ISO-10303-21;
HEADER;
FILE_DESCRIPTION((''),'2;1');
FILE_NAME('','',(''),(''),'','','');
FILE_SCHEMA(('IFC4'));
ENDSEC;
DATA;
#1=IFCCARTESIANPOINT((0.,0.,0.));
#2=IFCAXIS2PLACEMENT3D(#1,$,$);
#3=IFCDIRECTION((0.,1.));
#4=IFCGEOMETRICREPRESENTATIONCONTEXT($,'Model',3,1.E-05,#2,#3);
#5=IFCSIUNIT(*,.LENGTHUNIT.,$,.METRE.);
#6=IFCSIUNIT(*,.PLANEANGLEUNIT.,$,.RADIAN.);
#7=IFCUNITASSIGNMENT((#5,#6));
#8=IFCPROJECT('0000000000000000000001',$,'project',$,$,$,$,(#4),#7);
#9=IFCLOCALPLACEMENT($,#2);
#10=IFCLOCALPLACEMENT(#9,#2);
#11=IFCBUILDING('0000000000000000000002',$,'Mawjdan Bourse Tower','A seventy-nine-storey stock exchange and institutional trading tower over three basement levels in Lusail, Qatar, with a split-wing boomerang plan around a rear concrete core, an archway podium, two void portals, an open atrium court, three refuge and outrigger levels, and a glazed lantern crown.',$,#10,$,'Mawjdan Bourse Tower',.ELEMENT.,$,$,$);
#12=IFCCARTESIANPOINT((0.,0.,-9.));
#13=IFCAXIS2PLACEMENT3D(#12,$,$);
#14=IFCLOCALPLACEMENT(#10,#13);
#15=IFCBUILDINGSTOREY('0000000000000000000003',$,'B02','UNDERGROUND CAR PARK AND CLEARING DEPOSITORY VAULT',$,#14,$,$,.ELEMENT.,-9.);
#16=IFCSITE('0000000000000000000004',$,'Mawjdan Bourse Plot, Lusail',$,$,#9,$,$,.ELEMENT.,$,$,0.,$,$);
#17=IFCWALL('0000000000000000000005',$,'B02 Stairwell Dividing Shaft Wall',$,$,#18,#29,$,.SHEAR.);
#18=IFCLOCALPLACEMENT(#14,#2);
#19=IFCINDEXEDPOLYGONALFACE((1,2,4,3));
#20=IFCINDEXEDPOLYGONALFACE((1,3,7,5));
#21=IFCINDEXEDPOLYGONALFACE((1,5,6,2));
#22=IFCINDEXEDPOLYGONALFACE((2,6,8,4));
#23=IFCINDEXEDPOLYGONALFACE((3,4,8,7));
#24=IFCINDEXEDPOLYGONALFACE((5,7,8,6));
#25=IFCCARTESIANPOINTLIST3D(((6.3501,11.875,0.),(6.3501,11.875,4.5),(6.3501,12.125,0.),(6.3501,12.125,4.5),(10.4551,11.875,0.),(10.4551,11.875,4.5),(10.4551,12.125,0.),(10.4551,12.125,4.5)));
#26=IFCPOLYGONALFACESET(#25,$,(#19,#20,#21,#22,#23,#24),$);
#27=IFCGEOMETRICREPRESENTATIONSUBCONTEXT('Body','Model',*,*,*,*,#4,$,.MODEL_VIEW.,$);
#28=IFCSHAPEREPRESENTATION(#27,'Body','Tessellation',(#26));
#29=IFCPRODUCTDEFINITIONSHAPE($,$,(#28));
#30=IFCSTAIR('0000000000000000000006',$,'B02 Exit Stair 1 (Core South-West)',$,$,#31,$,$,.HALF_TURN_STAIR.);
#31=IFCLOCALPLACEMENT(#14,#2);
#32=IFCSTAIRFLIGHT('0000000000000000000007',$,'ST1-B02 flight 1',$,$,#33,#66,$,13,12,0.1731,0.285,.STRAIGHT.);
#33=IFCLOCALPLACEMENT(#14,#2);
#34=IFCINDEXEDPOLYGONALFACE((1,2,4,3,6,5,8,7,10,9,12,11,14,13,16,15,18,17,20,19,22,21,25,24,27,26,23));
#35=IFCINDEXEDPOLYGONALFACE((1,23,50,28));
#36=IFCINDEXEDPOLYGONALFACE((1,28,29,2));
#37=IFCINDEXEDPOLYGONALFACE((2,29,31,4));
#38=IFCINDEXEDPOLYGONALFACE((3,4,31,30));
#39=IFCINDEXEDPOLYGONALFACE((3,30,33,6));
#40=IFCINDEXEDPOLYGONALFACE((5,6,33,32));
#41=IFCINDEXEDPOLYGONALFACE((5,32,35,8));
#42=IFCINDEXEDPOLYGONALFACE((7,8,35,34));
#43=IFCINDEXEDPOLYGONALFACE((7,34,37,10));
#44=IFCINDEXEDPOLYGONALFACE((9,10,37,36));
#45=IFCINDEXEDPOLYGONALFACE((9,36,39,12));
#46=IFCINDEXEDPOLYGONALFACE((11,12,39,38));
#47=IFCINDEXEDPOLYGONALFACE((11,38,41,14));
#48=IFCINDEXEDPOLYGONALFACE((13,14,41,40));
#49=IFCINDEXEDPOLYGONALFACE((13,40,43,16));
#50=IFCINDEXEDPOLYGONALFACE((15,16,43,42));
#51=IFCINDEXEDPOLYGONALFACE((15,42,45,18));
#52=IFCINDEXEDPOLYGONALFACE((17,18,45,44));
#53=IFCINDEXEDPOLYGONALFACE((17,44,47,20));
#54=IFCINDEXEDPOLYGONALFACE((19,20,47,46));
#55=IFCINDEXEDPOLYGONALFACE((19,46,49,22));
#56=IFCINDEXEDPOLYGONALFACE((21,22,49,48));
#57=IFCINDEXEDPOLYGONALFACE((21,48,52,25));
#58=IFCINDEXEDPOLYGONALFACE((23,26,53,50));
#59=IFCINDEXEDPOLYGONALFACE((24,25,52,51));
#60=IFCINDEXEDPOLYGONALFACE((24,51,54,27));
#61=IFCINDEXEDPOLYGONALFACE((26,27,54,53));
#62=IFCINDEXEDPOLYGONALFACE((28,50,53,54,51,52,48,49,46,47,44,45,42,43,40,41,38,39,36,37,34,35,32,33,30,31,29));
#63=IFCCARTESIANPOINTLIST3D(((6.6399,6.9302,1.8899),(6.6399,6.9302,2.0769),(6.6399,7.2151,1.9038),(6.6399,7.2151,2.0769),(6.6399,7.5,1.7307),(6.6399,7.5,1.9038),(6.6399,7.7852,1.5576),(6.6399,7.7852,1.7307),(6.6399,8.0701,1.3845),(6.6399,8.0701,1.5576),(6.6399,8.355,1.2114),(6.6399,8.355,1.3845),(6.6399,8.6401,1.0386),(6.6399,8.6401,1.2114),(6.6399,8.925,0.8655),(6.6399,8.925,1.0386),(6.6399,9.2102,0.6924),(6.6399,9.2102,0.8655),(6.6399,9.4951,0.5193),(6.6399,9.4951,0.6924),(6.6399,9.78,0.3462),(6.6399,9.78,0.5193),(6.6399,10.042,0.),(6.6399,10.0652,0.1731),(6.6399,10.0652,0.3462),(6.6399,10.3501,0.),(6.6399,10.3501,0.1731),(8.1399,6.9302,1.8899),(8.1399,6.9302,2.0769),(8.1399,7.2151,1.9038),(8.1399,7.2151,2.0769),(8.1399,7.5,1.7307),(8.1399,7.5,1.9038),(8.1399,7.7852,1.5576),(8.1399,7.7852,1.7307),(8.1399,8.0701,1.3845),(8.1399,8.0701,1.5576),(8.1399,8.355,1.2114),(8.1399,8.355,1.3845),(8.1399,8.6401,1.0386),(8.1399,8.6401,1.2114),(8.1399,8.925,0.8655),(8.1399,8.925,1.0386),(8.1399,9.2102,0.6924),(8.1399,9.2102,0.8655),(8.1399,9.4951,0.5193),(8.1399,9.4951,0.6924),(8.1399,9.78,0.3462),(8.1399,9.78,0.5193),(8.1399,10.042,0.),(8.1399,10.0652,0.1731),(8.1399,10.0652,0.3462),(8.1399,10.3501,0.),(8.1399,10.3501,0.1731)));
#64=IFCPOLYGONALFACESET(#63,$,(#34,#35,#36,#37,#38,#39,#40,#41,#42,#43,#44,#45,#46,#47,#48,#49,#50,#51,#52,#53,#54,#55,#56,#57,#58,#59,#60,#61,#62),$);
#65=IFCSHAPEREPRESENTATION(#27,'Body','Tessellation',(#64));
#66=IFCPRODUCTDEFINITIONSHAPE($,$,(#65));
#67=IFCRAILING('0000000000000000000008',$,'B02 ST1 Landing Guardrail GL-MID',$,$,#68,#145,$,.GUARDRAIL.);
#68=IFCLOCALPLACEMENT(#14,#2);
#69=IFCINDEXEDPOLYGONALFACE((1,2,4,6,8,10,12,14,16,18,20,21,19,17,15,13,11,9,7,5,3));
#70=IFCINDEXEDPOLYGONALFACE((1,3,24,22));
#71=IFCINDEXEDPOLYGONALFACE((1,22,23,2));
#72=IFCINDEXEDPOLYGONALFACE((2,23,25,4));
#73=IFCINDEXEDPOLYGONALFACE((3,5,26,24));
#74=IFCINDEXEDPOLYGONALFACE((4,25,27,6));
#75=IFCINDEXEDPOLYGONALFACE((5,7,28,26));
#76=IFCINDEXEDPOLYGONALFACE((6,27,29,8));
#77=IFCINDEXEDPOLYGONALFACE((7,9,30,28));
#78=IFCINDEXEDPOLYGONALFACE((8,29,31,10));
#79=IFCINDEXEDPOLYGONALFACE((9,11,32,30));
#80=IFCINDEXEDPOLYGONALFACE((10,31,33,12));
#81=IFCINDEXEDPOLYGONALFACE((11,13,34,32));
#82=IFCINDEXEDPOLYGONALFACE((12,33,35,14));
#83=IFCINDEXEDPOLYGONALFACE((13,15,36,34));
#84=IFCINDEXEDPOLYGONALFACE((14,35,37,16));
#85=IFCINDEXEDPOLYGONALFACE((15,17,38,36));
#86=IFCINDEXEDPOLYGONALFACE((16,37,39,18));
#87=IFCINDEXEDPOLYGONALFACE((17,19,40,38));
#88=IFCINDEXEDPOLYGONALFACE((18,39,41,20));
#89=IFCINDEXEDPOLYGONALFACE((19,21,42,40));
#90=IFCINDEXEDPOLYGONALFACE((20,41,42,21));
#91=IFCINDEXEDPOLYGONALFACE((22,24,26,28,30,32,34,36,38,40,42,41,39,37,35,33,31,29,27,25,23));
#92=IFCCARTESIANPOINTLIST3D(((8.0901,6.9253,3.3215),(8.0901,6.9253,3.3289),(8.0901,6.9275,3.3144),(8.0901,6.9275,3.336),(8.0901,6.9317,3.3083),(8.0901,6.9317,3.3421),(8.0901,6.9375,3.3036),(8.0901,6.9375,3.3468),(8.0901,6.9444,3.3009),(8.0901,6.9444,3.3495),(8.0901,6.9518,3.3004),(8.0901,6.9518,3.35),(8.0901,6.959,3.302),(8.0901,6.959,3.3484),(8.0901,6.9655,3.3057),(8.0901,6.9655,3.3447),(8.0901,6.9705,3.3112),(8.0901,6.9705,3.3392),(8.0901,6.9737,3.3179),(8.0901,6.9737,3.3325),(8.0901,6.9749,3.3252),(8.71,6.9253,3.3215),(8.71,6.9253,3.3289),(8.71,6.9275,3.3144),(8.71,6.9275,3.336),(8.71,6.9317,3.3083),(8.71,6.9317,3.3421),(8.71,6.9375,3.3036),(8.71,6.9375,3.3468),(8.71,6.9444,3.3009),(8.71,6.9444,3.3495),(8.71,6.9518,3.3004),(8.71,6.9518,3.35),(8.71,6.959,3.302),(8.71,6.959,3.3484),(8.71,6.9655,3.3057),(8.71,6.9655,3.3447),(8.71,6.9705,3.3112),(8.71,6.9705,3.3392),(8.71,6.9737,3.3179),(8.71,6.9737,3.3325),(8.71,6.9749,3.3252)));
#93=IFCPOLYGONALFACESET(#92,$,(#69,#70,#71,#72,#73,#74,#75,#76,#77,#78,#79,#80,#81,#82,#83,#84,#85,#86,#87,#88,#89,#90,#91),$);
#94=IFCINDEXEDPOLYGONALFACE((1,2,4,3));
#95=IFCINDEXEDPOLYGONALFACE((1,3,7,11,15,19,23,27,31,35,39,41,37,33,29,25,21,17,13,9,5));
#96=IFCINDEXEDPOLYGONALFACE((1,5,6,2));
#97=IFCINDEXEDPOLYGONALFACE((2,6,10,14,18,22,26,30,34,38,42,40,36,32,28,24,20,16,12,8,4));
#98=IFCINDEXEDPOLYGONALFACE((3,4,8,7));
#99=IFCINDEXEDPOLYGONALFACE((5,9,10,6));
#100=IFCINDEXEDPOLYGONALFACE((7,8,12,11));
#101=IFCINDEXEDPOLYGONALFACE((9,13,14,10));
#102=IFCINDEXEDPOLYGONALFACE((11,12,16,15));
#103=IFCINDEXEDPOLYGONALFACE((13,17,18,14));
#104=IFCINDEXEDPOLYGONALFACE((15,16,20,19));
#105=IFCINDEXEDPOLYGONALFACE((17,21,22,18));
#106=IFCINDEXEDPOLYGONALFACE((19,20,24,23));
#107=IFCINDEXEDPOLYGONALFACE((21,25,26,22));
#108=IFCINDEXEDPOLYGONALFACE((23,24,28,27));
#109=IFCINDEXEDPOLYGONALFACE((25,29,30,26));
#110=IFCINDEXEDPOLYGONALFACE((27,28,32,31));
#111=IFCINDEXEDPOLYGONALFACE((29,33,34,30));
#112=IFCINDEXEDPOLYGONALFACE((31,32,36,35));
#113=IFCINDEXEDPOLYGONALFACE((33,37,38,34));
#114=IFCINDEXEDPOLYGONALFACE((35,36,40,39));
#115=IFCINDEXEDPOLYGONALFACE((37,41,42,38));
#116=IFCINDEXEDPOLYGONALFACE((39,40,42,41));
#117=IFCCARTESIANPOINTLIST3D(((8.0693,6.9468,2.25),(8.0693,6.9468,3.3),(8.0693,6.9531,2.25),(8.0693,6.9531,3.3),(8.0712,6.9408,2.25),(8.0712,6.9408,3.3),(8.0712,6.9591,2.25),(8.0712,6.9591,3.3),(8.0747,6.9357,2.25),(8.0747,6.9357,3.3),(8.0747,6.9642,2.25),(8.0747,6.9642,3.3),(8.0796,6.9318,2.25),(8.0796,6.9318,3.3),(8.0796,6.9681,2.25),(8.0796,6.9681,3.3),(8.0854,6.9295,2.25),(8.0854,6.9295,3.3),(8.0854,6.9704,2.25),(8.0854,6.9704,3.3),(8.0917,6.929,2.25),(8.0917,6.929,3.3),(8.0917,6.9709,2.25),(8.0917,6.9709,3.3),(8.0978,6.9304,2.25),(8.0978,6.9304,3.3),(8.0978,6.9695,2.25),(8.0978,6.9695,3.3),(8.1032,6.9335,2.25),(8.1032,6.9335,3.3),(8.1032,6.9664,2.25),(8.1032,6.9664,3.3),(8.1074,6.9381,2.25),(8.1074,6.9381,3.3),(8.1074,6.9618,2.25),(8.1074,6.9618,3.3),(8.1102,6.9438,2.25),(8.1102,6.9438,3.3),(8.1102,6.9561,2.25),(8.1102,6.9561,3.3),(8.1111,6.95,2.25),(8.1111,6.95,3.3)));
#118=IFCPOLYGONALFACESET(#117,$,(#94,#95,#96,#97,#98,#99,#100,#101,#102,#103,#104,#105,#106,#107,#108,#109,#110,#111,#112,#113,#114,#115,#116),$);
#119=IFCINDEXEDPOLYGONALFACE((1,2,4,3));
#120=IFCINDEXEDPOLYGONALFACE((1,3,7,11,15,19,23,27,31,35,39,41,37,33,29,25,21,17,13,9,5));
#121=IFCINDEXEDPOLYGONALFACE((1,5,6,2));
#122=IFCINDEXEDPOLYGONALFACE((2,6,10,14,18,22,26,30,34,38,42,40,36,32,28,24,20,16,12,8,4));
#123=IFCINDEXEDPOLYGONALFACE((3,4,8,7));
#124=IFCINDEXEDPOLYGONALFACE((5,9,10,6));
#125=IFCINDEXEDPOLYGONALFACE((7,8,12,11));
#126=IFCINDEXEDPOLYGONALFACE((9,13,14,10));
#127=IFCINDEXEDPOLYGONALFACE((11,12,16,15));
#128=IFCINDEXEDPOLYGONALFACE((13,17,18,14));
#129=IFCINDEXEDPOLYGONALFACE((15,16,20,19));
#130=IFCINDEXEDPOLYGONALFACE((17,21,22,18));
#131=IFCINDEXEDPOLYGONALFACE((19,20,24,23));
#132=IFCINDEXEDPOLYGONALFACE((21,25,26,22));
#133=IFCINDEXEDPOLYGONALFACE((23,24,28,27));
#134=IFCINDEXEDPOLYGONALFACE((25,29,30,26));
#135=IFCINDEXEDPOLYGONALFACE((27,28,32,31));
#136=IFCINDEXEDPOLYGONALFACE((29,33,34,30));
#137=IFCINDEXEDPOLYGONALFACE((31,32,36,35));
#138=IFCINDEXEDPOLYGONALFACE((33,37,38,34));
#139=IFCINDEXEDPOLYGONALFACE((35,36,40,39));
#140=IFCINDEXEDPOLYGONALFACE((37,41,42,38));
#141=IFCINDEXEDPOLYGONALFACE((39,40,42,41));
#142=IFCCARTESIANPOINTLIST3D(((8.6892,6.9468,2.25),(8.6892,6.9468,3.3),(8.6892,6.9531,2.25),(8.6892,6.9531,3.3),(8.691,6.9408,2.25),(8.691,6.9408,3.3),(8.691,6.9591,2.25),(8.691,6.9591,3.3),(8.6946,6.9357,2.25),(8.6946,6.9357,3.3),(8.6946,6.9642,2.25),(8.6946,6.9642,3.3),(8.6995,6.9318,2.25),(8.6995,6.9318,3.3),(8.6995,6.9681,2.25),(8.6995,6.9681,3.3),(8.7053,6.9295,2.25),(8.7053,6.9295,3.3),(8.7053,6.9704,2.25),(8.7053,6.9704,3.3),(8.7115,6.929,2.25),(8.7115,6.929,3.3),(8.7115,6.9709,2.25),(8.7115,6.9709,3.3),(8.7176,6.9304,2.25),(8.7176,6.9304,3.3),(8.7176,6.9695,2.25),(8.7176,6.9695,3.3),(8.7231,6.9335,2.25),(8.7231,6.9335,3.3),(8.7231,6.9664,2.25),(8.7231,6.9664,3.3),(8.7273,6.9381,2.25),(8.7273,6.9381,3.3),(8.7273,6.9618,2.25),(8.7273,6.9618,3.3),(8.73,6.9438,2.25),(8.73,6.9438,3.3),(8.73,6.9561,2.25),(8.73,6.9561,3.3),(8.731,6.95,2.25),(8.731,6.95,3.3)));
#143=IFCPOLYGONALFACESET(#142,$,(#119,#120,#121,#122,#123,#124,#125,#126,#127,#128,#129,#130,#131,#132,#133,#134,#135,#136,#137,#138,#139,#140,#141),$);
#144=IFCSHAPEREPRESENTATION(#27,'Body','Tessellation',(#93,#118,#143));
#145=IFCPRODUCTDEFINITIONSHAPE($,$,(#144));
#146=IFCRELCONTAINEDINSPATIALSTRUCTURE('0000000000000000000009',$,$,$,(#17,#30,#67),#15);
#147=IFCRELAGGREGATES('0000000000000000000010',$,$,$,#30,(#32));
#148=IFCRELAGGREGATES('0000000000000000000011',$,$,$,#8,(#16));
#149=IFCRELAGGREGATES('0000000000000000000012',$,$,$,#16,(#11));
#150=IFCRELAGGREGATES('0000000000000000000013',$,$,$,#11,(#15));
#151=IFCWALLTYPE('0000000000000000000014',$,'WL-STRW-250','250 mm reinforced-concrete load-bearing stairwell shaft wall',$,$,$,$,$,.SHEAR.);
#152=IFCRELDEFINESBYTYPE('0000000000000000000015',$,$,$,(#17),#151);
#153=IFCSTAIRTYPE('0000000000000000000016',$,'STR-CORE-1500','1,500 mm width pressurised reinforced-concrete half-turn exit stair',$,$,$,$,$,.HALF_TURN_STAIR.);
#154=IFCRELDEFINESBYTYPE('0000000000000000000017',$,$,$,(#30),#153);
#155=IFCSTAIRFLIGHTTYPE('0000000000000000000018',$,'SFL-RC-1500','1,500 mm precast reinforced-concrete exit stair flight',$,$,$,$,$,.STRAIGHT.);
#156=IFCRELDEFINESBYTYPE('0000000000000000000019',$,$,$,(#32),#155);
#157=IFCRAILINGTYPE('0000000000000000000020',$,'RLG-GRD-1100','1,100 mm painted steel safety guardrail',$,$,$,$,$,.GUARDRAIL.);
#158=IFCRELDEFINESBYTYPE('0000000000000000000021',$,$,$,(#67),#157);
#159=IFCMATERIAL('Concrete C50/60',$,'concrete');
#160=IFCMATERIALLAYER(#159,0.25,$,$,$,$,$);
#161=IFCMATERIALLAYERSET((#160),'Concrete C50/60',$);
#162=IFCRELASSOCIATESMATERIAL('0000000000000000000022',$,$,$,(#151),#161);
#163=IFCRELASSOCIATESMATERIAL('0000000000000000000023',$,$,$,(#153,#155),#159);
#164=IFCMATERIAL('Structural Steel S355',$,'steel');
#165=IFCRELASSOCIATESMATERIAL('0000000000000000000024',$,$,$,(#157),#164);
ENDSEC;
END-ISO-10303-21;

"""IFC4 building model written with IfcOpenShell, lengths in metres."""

from ifc_helpers import new_model, si_unit, direction, frame, frame_2d, origin, origin_2d, place, context, subcontext, project, spatial, polyline, rectangle, circle, outline, extrude, material, layer, layer_set, type_object, element, aggregate, save


model = new_model("IFC4")

# Units and contexts
model_context = context("Model", 3, precision=1e-05, world=origin(), true_north=direction((0.0, 1.0)))
body_context = subcontext(model_context, "Body", "Model", "MODEL_VIEW")
ifc_project = project(units=[si_unit("LENGTHUNIT", "METRE"), si_unit("PLANEANGLEUNIT", "RADIAN")], contexts=[model_context])

# Site, building, storey
site_placement = place(None, origin())
site = spatial("IfcSite", under=ifc_project, at=site_placement, Name="Mawjdan Bourse Plot, Lusail", CompositionType="ELEMENT", RefElevation=0.0)
building_placement = place(site_placement, origin())
building = spatial("IfcBuilding", under=site, at=building_placement, Name="Mawjdan Bourse Tower", Description="A seventy-nine-storey stock exchange and institutional trading tower over three basement levels in Lusail, Qatar, with a split-wing boomerang plan around a rear concrete core, an archway podium, two void portals, an open atrium court, three refuge and outrigger levels, and a glazed lantern crown.", LongName="Mawjdan Bourse Tower", CompositionType="ELEMENT")
storey_placement = place(building_placement, frame((0.0, 0.0, -9.0)))
storey = spatial("IfcBuildingStorey", under=building, at=storey_placement, Name="B02", Description="UNDERGROUND CAR PARK AND CLEARING DEPOSITORY VAULT", CompositionType="ELEMENT", Elevation=-9.0)

# Shared definitions
ifc_material_1 = material(Name="Structural Steel S355", Category="steel")

# Wall
ifc_material_2 = material(Name="Concrete C50/60", Category="concrete")
ifc_layer_1 = layer(ifc_material_2, 0.25)
ifc_layer_set_1 = layer_set([ifc_layer_1], Name="Concrete C50/60")
wall_type_1 = type_object("IfcWallType", Name="WL-STRW-250", Description="250 mm reinforced-concrete load-bearing stairwell shaft wall", PredefinedType="SHEAR", material=ifc_layer_set_1)
wall_1_placement = place(storey_placement, frame((6.3501, 12.0, 0.0), z_axis=(0.0, 0.0, 1.0), x_axis=(1.0, 0.0, 0.0)))
element("IfcWall", 1, at=wall_1_placement, inside=storey, type_object=wall_type_1, Name="B02 Stairwell Dividing Shaft Wall", PredefinedType="SHEAR", context=body_context, shape_type="SweptSolid", body=[
    extrude(rectangle(XDim=4.105, YDim=0.25, at=frame_2d((2.0525, 0.0))), origin(), (0.0, 0.0, 1.0), 4.5),
])

# Stair, stair flight
stair_type = type_object("IfcStairType", Name="STR-CORE-1500", Description="1,500 mm width pressurised reinforced-concrete half-turn exit stair", PredefinedType="HALF_TURN_STAIR", material=ifc_material_2)
stair_placement = place(storey_placement, origin())
stair = element("IfcStair", 2, at=stair_placement, inside=storey, type_object=stair_type, Name="B02 Exit Stair 1 (Core South-West)", PredefinedType="HALF_TURN_STAIR")
stair_flight_type = type_object("IfcStairFlightType", Name="SFL-RC-1500", Description="1,500 mm precast reinforced-concrete exit stair flight", PredefinedType="STRAIGHT", material=ifc_material_2)
stair_flight_placement = place(storey_placement, frame((7.3899, 10.3501, 0.0), z_axis=(0.0, 0.0, 1.0), x_axis=(0.0, -1.0, 0.0)))
stair_flight = element("IfcStairFlight", 3, at=stair_flight_placement, type_object=stair_flight_type, Name="ST1-B02 flight 1", NumberOfRisers=13, NumberOfTreads=12, PredefinedType="STRAIGHT", RiserHeight=0.1731, TreadLength=0.285, context=body_context, shape_type="SweptSolid", body=[
    extrude(outline(polyline([(0.0, 0.0), (0.0, 0.1731), (0.2849, 0.1731), (0.2849, 0.3462), (0.5701, 0.3462), (0.5701, 0.5193), (0.855, 0.5193), (0.855, 0.6924), (1.1399, 0.6924), (1.1399, 0.8655), (1.425, 0.8655), (1.425, 1.0386), (1.71, 1.0386), (1.71, 1.2114), (1.9951, 1.2114), (1.9951, 1.3845), (2.28, 1.3845), (2.28, 1.5576), (2.5649, 1.5576), (2.5649, 1.7307), (2.8501, 1.7307), (2.8501, 1.9038), (3.135, 1.9038), (3.135, 2.0769), (3.4199, 2.0769), (3.4199, 2.25), (3.4199, 1.8899), (0.3081, 0.0), (0.0, 0.0)])), frame((0.0, 0.75, 0.0), z_axis=(0.0, -1.0, 0.0), x_axis=(1.0, 0.0, 0.0)), (0.0, 0.0, 1.0), 1.5),
])
aggregate(stair, [stair_flight])

# Railing
railing_type = type_object("IfcRailingType", Name="RLG-GRD-1100", Description="1,100 mm painted steel safety guardrail", PredefinedType="GUARDRAIL", material=ifc_material_1)
for number, where, name in (
    (4, (8.0901, 6.95, 2.25), "B02 ST1 Landing Guardrail GL-MID"),
):
    element("IfcRailing", number, at=place(storey_placement, frame(where)), inside=storey, type_object=railing_type, Name=name, PredefinedType="GUARDRAIL", context=body_context, shape_type="SweptSolid", body=[
        extrude(circle(Radius=0.0249, at=origin_2d()), frame((0.0, 0.0, 1.0752), z_axis=(1.0, 0.0, 0.0), x_axis=(0.0, 1.0, 0.0)), (0.0, 0.0, 1.0), 0.6199),
        extrude(circle(Radius=0.021, at=origin_2d()), origin(), (0.0, 0.0, 1.0), 1.05),
        extrude(circle(Radius=0.021, at=origin_2d()), frame((0.6199, 0.0, 0.0)), (0.0, 0.0, 1.0), 1.05),
    ])

save(model, "model.ifc")
